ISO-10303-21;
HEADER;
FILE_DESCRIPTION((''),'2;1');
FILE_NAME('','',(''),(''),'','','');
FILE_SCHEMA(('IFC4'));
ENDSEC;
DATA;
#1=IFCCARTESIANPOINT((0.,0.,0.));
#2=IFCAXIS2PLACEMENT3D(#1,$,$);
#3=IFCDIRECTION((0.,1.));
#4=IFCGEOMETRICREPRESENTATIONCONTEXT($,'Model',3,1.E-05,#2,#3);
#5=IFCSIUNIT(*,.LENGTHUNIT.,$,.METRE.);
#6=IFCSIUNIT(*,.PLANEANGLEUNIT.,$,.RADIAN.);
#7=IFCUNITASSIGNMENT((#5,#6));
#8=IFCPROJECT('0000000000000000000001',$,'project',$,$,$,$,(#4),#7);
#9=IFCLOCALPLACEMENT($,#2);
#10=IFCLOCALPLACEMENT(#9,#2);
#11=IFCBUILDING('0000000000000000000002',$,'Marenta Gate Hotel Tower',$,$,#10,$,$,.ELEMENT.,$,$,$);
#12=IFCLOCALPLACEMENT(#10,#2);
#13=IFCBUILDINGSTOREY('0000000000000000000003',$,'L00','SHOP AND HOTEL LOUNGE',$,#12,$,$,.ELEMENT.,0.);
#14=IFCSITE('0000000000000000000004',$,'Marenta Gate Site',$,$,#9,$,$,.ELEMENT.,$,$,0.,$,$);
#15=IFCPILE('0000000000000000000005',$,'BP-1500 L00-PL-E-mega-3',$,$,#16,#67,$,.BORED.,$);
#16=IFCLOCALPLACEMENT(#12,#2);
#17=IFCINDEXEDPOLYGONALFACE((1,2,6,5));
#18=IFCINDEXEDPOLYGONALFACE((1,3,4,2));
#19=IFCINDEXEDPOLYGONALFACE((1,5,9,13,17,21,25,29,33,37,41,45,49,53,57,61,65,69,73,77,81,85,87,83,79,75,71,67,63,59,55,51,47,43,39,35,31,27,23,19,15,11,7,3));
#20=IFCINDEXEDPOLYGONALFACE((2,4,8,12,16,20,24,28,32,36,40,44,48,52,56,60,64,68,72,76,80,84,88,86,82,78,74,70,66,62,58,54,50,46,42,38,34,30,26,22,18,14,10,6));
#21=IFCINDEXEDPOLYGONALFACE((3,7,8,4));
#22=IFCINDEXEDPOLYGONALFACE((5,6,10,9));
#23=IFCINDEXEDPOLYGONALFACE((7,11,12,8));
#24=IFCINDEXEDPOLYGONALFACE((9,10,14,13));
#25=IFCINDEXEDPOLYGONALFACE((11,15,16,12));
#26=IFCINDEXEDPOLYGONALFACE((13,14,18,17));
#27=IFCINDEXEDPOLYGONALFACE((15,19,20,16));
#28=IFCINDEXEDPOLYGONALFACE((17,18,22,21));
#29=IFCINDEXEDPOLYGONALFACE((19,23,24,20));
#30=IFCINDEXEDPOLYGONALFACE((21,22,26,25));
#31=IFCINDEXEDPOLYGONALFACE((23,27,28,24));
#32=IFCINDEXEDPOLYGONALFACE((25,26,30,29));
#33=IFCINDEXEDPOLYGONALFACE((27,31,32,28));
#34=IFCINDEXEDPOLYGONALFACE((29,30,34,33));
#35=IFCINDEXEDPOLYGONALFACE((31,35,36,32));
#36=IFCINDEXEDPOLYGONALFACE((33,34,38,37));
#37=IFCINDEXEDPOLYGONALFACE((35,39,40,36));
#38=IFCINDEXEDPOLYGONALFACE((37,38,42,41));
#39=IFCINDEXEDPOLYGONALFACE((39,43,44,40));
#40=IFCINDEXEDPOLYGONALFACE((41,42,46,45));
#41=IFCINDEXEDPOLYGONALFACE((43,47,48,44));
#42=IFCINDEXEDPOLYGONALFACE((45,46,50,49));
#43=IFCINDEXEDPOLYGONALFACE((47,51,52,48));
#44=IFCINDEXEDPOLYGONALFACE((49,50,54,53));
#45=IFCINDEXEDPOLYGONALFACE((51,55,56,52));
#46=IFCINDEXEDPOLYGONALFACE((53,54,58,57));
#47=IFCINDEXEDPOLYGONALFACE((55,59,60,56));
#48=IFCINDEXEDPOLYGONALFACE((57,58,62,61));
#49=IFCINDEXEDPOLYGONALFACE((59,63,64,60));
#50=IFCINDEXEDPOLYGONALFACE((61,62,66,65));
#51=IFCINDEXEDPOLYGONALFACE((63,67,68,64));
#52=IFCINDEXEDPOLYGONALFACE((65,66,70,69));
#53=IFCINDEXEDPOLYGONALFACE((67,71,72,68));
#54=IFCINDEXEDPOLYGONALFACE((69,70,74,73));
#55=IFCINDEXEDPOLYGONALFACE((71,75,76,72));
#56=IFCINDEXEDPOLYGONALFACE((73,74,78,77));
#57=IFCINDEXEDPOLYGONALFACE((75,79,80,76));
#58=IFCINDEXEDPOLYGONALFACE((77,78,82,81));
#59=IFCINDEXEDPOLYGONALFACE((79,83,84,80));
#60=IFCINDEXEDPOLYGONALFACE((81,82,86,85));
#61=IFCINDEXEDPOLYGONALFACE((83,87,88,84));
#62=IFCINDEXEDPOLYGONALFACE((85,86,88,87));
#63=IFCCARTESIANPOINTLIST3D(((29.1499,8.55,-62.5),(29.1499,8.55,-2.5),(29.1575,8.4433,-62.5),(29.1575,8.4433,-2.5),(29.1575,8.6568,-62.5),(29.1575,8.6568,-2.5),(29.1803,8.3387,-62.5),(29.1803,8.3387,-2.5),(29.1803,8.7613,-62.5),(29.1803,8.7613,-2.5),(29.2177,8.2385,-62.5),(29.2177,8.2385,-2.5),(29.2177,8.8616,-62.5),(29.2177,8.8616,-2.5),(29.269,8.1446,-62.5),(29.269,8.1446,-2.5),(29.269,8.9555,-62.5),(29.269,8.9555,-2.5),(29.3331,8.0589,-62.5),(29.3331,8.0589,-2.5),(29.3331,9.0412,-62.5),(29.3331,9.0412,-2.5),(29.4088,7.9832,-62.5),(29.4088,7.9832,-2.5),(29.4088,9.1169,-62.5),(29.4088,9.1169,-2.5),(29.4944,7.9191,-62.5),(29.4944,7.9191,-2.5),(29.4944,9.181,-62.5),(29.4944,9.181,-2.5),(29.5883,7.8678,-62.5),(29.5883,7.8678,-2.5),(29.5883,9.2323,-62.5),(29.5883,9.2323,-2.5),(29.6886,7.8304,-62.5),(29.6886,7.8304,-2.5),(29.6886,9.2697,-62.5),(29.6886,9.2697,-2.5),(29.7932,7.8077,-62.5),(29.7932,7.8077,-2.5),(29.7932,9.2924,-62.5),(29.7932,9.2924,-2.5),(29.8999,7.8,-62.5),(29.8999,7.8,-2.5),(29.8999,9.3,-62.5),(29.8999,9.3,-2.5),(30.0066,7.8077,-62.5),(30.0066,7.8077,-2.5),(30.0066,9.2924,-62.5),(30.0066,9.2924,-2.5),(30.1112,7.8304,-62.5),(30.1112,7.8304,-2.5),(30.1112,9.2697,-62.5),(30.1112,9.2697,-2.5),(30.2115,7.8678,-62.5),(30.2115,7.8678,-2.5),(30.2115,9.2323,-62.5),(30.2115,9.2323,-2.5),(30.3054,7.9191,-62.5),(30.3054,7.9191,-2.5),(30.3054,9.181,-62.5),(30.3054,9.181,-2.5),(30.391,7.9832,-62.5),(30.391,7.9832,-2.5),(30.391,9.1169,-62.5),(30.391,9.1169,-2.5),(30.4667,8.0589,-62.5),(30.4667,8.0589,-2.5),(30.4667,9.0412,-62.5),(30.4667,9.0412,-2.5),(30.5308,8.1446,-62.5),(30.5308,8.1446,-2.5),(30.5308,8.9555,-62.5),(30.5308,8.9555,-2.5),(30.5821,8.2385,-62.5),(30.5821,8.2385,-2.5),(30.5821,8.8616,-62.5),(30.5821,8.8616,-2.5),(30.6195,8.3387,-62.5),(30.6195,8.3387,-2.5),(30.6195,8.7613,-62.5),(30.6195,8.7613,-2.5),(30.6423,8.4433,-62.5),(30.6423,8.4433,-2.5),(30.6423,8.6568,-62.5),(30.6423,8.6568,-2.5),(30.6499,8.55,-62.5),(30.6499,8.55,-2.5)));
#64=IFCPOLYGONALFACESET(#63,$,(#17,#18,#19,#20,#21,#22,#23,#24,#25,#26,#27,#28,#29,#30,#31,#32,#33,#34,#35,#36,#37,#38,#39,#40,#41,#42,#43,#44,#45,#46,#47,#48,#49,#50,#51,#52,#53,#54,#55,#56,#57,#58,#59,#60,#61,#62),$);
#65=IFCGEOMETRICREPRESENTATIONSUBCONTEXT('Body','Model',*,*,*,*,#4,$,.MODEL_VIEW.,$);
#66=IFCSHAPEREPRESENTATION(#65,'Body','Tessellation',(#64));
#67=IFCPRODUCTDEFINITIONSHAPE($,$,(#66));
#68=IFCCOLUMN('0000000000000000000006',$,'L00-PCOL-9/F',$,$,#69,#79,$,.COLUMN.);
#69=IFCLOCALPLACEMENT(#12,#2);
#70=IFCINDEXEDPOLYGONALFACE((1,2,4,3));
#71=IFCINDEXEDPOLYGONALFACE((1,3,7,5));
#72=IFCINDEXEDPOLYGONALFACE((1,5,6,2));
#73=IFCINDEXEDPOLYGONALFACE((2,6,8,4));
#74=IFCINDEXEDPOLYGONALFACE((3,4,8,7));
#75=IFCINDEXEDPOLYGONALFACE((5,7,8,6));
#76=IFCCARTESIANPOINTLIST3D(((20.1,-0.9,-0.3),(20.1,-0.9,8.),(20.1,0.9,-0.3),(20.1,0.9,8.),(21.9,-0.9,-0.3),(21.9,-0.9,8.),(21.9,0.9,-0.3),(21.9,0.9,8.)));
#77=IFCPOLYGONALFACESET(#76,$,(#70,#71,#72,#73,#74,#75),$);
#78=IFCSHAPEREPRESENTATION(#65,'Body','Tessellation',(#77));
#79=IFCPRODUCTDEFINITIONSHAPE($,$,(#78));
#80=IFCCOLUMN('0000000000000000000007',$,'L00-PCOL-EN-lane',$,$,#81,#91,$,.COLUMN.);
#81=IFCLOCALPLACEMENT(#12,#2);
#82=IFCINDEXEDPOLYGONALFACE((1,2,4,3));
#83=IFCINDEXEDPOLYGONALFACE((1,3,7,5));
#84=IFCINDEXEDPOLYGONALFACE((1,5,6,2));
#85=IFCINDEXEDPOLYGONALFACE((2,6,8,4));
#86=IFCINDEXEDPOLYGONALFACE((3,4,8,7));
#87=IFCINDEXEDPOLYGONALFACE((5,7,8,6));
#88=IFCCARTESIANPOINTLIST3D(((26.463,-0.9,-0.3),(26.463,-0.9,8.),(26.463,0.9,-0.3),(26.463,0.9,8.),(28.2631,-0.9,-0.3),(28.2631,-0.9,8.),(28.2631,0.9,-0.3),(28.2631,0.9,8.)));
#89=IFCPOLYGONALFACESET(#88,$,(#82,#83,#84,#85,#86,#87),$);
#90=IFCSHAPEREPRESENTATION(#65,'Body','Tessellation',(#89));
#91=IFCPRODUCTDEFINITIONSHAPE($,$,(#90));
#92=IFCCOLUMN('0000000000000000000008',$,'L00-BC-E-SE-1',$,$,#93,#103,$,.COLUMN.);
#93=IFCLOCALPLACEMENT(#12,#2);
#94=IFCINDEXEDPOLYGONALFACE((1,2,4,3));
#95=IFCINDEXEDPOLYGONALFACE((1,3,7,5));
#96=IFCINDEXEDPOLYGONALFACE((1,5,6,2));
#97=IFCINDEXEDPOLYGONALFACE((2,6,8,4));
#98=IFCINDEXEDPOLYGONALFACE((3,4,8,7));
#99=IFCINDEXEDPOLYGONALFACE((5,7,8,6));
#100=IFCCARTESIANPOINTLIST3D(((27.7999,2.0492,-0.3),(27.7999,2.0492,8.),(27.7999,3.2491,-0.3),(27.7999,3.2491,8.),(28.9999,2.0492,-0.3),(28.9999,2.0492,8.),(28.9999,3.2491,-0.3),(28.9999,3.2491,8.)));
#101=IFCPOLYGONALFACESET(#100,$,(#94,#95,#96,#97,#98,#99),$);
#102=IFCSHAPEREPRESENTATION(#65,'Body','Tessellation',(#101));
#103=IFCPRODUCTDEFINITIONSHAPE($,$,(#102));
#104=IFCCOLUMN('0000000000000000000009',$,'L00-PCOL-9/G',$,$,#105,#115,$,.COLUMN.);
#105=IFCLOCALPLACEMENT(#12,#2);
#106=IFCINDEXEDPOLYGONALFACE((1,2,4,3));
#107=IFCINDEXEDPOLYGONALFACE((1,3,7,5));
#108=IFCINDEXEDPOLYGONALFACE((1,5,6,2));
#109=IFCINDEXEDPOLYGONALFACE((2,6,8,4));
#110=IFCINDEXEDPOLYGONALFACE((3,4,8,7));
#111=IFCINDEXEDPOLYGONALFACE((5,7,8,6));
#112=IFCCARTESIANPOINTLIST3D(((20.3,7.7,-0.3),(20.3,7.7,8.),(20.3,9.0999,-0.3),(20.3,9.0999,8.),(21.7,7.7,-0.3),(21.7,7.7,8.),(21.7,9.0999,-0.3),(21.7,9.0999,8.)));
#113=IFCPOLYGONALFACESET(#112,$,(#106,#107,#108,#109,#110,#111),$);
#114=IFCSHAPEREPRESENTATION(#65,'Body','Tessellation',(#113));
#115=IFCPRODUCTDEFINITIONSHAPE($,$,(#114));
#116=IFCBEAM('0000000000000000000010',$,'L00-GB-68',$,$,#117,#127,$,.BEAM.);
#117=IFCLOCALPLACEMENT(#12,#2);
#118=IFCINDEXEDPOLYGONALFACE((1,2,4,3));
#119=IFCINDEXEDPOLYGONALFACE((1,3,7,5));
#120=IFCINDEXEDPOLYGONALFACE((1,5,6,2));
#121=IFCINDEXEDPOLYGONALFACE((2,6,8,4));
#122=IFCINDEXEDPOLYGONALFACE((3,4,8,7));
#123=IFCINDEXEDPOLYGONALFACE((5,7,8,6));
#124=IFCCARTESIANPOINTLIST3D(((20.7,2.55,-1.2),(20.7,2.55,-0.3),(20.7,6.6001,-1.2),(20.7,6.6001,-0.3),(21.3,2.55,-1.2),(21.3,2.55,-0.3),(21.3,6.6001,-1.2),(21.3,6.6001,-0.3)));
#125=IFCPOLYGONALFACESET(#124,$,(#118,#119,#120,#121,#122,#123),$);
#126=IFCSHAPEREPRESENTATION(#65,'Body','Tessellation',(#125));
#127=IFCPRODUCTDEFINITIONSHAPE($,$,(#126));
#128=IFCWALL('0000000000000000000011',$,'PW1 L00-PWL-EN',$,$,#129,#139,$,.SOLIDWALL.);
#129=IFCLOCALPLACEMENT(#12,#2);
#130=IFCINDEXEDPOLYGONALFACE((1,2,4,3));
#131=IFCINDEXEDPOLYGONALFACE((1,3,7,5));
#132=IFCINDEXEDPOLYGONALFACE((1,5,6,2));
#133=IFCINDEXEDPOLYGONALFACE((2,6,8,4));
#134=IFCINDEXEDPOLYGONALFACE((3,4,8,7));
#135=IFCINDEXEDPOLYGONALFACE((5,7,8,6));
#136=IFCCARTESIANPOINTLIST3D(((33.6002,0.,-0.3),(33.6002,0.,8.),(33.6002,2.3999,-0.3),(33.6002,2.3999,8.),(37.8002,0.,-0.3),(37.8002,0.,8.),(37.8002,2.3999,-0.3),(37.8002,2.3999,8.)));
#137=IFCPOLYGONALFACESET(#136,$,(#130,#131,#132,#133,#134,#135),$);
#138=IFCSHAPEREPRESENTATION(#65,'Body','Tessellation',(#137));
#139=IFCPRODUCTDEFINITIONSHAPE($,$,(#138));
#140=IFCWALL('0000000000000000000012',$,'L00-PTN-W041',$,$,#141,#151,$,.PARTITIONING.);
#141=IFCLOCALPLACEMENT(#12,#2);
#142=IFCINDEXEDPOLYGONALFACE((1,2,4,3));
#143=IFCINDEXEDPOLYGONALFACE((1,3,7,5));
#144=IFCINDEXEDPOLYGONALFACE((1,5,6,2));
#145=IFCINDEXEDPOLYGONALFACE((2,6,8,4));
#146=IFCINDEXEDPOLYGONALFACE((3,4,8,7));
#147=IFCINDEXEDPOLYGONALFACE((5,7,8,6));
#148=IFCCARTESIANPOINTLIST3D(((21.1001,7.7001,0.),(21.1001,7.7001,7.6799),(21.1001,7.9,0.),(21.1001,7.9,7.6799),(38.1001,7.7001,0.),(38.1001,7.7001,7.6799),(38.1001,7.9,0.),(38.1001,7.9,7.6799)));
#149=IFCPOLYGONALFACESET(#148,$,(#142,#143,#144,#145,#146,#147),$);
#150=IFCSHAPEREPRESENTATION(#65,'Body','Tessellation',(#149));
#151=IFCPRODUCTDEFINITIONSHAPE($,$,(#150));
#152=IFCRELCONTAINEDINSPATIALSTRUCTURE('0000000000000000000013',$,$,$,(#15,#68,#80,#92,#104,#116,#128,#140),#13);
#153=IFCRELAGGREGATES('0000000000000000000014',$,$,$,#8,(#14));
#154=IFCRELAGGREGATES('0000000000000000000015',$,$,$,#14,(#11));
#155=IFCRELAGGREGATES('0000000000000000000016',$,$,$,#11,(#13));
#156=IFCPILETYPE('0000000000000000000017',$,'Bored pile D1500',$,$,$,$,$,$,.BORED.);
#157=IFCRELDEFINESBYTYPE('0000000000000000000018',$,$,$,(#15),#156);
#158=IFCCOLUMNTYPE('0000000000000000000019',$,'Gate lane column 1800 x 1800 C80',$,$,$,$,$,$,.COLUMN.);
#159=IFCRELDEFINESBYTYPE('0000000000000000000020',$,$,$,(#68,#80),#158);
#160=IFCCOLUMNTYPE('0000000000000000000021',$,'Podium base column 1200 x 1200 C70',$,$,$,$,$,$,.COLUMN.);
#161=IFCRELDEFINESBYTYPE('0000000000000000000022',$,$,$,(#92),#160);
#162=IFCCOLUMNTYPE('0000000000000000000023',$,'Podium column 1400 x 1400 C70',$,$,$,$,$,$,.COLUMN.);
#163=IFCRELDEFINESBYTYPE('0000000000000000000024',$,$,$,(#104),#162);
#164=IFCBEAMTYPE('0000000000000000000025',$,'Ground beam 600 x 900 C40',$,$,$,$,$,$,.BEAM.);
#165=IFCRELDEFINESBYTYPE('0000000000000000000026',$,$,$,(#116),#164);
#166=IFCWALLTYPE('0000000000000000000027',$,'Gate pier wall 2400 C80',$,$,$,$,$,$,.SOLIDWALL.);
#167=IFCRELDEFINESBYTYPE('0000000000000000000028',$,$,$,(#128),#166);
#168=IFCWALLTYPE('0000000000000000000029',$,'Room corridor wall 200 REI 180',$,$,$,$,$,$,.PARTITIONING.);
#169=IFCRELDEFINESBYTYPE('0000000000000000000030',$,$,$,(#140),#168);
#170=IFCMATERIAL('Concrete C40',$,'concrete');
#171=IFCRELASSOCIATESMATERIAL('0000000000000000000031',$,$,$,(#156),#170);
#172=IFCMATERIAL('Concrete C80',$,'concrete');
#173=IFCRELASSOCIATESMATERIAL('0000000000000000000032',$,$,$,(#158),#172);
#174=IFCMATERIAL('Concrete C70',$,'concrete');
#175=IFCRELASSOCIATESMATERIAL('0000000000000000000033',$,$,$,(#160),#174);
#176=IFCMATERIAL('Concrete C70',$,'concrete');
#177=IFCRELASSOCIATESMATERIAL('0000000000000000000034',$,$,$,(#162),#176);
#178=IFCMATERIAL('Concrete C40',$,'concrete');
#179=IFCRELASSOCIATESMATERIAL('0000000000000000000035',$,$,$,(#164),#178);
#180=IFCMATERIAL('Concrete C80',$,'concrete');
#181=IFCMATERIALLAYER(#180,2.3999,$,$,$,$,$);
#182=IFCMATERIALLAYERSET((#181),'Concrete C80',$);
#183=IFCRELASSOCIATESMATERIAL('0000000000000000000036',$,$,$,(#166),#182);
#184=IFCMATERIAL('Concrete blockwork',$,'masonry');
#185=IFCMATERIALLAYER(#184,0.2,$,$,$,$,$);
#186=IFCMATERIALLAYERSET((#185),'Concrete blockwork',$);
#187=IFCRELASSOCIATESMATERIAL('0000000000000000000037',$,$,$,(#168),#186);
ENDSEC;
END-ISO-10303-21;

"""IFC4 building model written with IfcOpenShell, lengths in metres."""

from ifc_helpers import new_model, si_unit, direction, frame, frame_2d, origin, origin_2d, place, context, subcontext, project, spatial, rectangle, circle, extrude, material, layer, layer_set, material_profile, profile_set, type_object, element, save


model = new_model("IFC4")

# Units and contexts
model_context = context("Model", 3, precision=1e-05, world=origin(), true_north=direction((0.0, 1.0)))
body_context = subcontext(model_context, "Body", "Model", "MODEL_VIEW")
ifc_project = project(units=[si_unit("LENGTHUNIT", "METRE"), si_unit("PLANEANGLEUNIT", "RADIAN")], contexts=[model_context])

# Site, building, storey
site_placement = place(None, origin())
site = spatial("IfcSite", under=ifc_project, at=site_placement, Name="Marenta Gate Site", CompositionType="ELEMENT", RefElevation=0.0)
building_placement = place(site_placement, origin())
building = spatial("IfcBuilding", under=site, at=building_placement, Name="Marenta Gate Hotel Tower", CompositionType="ELEMENT")
storey_placement = place(building_placement, origin())
storey = spatial("IfcBuildingStorey", under=building, at=storey_placement, Name="L00", Description="SHOP AND HOTEL LOUNGE", CompositionType="ELEMENT", Elevation=0.0)

# Pile
ifc_material_1 = material(Name="Concrete C40", Category="concrete")
pile_type = type_object("IfcPileType", Name="Bored pile D1500", PredefinedType="BORED", material=ifc_material_1)
for number, where, z_axis, x_axis, name in (
    (1, (29.8999, 8.55, -2.5), (0.0, 0.0, -1.0), (1.0, 0.0, 0.0), "BP-1500 L00-PL-E-mega-3"),
):
    element("IfcPile", number, at=place(storey_placement, frame(where, z_axis=z_axis, x_axis=x_axis)), inside=storey, type_object=pile_type, Name=name, PredefinedType="BORED", context=body_context, shape_type="SweptSolid", body=[
        extrude(circle(Radius=0.75, at=origin_2d()), origin(), (0.0, 0.0, 1.0), 60.0),
    ])

# Columns
ifc_material_2 = material(Name="Concrete C80", Category="concrete")
ifc_material_profile_1 = material_profile(ifc_material_2, rectangle(XDim=1.8, YDim=1.8, at=origin_2d()), Name="1800 x 1800")
ifc_profile_set_1 = profile_set([ifc_material_profile_1], Name="Concrete C80")
column_type_1 = type_object("IfcColumnType", Name="Gate lane column 1800 x 1800 C80", PredefinedType="COLUMN", material=ifc_profile_set_1)
for number, where, z_axis, x_axis, name in (
    (2, (21.0, 0.0, -0.3), (0.0, 0.0, 1.0), (1.0, 0.0, 0.0), "L00-PCOL-9/F"),
    (3, (27.363, 0.0, -0.3), (0.0, 0.0, 1.0), (1.0, 0.0, 0.0), "L00-PCOL-EN-lane"),
):
    element("IfcColumn", number, at=place(storey_placement, frame(where, z_axis=z_axis, x_axis=x_axis)), inside=storey, type_object=column_type_1, Name=name, PredefinedType="COLUMN", context=body_context, shape_type="SweptSolid", body=[
        extrude(rectangle(XDim=1.8, YDim=1.8, at=origin_2d()), origin(), (0.0, 0.0, 1.0), 8.3),
    ])
ifc_material_3 = material(Name="Concrete C70", Category="concrete")
ifc_material_profile_2 = material_profile(ifc_material_3, rectangle(XDim=1.2, YDim=1.2, at=origin_2d()), Name="1200 x 1200")
ifc_profile_set_2 = profile_set([ifc_material_profile_2], Name="Concrete C70")
column_type_2 = type_object("IfcColumnType", Name="Podium base column 1200 x 1200 C70", PredefinedType="COLUMN", material=ifc_profile_set_2)
column_1_placement = place(storey_placement, frame((28.3999, 2.6492, -0.3), z_axis=(0.0, 0.0, 1.0), x_axis=(1.0, 0.0, 0.0)))
element("IfcColumn", 4, at=column_1_placement, inside=storey, type_object=column_type_2, Name="L00-BC-E-SE-1", PredefinedType="COLUMN", context=body_context, shape_type="SweptSolid", body=[
    extrude(rectangle(XDim=1.2, YDim=1.2, at=origin_2d()), origin(), (0.0, 0.0, 1.0), 8.3),
])
ifc_material_4 = material(Name="Concrete C70", Category="concrete")
ifc_material_profile_3 = material_profile(ifc_material_4, rectangle(XDim=1.3999, YDim=1.3999, at=origin_2d()), Name="1400 x 1400")
ifc_profile_set_3 = profile_set([ifc_material_profile_3], Name="Concrete C70")
column_type_3 = type_object("IfcColumnType", Name="Podium column 1400 x 1400 C70", PredefinedType="COLUMN", material=ifc_profile_set_3)
column_2_placement = place(storey_placement, frame((21.0, 8.3999, -0.3), z_axis=(0.0, 0.0, 1.0), x_axis=(1.0, 0.0, 0.0)))
element("IfcColumn", 5, at=column_2_placement, inside=storey, type_object=column_type_3, Name="L00-PCOL-9/G", PredefinedType="COLUMN", context=body_context, shape_type="SweptSolid", body=[
    extrude(rectangle(XDim=1.3999, YDim=1.3999, at=origin_2d()), origin(), (0.0, 0.0, 1.0), 8.3),
])

# Beam
ifc_material_5 = material(Name="Concrete C40", Category="concrete")
ifc_material_profile_4 = material_profile(ifc_material_5, rectangle(XDim=0.6001, YDim=0.8999, at=origin_2d()), Name="600 x 900")
ifc_profile_set_4 = profile_set([ifc_material_profile_4], Name="Concrete C40")
beam_type = type_object("IfcBeamType", Name="Ground beam 600 x 900 C40", PredefinedType="BEAM", material=ifc_profile_set_4)
beam_placement = place(storey_placement, frame((21.0, 2.55, -0.75), z_axis=(0.0, 1.0, 0.0), x_axis=(-1.0, 0.0, 0.0)))
element("IfcBeam", 6, at=beam_placement, inside=storey, type_object=beam_type, Name="L00-GB-68", PredefinedType="BEAM", context=body_context, shape_type="SweptSolid", body=[
    extrude(rectangle(XDim=0.6001, YDim=0.8999, at=origin_2d()), origin(), (0.0, 0.0, 1.0), 4.05),
])

# Walls
ifc_material_6 = material(Name="Concrete C80", Category="concrete")
ifc_layer_1 = layer(ifc_material_6, 2.3999)
ifc_layer_set_1 = layer_set([ifc_layer_1], Name="Concrete C80")
wall_type_1 = type_object("IfcWallType", Name="Gate pier wall 2400 C80", PredefinedType="SOLIDWALL", material=ifc_layer_set_1)
wall_1_placement = place(storey_placement, frame((33.6001, 1.2, -0.3), z_axis=(0.0, 0.0, 1.0), x_axis=(1.0, 0.0, 0.0)))
element("IfcWall", 7, at=wall_1_placement, inside=storey, type_object=wall_type_1, Name="PW1 L00-PWL-EN", PredefinedType="SOLIDWALL", context=body_context, shape_type="SweptSolid", body=[
    extrude(rectangle(XDim=4.2, YDim=2.3999, at=frame_2d((2.1001, 0.0))), origin(), (0.0, 0.0, 1.0), 8.3),
])
ifc_material_7 = material(Name="Concrete blockwork", Category="masonry")
ifc_layer_2 = layer(ifc_material_7, 0.2)
ifc_layer_set_2 = layer_set([ifc_layer_2], Name="Concrete blockwork")
wall_type_2 = type_object("IfcWallType", Name="Room corridor wall 200 REI 180", PredefinedType="PARTITIONING", material=ifc_layer_set_2)
wall_2_placement = place(storey_placement, frame((21.1001, 7.8, 0.0), z_axis=(0.0, 0.0, 1.0), x_axis=(1.0, 0.0, 0.0)))
element("IfcWall", 8, at=wall_2_placement, inside=storey, type_object=wall_type_2, Name="L00-PTN-W041", PredefinedType="PARTITIONING", context=body_context, shape_type="SweptSolid", body=[
    extrude(rectangle(XDim=17.0, YDim=0.2, at=frame_2d((8.5, 0.0))), origin(), (0.0, 0.0, 1.0), 7.6799),
])

save(model, "model.ifc")
